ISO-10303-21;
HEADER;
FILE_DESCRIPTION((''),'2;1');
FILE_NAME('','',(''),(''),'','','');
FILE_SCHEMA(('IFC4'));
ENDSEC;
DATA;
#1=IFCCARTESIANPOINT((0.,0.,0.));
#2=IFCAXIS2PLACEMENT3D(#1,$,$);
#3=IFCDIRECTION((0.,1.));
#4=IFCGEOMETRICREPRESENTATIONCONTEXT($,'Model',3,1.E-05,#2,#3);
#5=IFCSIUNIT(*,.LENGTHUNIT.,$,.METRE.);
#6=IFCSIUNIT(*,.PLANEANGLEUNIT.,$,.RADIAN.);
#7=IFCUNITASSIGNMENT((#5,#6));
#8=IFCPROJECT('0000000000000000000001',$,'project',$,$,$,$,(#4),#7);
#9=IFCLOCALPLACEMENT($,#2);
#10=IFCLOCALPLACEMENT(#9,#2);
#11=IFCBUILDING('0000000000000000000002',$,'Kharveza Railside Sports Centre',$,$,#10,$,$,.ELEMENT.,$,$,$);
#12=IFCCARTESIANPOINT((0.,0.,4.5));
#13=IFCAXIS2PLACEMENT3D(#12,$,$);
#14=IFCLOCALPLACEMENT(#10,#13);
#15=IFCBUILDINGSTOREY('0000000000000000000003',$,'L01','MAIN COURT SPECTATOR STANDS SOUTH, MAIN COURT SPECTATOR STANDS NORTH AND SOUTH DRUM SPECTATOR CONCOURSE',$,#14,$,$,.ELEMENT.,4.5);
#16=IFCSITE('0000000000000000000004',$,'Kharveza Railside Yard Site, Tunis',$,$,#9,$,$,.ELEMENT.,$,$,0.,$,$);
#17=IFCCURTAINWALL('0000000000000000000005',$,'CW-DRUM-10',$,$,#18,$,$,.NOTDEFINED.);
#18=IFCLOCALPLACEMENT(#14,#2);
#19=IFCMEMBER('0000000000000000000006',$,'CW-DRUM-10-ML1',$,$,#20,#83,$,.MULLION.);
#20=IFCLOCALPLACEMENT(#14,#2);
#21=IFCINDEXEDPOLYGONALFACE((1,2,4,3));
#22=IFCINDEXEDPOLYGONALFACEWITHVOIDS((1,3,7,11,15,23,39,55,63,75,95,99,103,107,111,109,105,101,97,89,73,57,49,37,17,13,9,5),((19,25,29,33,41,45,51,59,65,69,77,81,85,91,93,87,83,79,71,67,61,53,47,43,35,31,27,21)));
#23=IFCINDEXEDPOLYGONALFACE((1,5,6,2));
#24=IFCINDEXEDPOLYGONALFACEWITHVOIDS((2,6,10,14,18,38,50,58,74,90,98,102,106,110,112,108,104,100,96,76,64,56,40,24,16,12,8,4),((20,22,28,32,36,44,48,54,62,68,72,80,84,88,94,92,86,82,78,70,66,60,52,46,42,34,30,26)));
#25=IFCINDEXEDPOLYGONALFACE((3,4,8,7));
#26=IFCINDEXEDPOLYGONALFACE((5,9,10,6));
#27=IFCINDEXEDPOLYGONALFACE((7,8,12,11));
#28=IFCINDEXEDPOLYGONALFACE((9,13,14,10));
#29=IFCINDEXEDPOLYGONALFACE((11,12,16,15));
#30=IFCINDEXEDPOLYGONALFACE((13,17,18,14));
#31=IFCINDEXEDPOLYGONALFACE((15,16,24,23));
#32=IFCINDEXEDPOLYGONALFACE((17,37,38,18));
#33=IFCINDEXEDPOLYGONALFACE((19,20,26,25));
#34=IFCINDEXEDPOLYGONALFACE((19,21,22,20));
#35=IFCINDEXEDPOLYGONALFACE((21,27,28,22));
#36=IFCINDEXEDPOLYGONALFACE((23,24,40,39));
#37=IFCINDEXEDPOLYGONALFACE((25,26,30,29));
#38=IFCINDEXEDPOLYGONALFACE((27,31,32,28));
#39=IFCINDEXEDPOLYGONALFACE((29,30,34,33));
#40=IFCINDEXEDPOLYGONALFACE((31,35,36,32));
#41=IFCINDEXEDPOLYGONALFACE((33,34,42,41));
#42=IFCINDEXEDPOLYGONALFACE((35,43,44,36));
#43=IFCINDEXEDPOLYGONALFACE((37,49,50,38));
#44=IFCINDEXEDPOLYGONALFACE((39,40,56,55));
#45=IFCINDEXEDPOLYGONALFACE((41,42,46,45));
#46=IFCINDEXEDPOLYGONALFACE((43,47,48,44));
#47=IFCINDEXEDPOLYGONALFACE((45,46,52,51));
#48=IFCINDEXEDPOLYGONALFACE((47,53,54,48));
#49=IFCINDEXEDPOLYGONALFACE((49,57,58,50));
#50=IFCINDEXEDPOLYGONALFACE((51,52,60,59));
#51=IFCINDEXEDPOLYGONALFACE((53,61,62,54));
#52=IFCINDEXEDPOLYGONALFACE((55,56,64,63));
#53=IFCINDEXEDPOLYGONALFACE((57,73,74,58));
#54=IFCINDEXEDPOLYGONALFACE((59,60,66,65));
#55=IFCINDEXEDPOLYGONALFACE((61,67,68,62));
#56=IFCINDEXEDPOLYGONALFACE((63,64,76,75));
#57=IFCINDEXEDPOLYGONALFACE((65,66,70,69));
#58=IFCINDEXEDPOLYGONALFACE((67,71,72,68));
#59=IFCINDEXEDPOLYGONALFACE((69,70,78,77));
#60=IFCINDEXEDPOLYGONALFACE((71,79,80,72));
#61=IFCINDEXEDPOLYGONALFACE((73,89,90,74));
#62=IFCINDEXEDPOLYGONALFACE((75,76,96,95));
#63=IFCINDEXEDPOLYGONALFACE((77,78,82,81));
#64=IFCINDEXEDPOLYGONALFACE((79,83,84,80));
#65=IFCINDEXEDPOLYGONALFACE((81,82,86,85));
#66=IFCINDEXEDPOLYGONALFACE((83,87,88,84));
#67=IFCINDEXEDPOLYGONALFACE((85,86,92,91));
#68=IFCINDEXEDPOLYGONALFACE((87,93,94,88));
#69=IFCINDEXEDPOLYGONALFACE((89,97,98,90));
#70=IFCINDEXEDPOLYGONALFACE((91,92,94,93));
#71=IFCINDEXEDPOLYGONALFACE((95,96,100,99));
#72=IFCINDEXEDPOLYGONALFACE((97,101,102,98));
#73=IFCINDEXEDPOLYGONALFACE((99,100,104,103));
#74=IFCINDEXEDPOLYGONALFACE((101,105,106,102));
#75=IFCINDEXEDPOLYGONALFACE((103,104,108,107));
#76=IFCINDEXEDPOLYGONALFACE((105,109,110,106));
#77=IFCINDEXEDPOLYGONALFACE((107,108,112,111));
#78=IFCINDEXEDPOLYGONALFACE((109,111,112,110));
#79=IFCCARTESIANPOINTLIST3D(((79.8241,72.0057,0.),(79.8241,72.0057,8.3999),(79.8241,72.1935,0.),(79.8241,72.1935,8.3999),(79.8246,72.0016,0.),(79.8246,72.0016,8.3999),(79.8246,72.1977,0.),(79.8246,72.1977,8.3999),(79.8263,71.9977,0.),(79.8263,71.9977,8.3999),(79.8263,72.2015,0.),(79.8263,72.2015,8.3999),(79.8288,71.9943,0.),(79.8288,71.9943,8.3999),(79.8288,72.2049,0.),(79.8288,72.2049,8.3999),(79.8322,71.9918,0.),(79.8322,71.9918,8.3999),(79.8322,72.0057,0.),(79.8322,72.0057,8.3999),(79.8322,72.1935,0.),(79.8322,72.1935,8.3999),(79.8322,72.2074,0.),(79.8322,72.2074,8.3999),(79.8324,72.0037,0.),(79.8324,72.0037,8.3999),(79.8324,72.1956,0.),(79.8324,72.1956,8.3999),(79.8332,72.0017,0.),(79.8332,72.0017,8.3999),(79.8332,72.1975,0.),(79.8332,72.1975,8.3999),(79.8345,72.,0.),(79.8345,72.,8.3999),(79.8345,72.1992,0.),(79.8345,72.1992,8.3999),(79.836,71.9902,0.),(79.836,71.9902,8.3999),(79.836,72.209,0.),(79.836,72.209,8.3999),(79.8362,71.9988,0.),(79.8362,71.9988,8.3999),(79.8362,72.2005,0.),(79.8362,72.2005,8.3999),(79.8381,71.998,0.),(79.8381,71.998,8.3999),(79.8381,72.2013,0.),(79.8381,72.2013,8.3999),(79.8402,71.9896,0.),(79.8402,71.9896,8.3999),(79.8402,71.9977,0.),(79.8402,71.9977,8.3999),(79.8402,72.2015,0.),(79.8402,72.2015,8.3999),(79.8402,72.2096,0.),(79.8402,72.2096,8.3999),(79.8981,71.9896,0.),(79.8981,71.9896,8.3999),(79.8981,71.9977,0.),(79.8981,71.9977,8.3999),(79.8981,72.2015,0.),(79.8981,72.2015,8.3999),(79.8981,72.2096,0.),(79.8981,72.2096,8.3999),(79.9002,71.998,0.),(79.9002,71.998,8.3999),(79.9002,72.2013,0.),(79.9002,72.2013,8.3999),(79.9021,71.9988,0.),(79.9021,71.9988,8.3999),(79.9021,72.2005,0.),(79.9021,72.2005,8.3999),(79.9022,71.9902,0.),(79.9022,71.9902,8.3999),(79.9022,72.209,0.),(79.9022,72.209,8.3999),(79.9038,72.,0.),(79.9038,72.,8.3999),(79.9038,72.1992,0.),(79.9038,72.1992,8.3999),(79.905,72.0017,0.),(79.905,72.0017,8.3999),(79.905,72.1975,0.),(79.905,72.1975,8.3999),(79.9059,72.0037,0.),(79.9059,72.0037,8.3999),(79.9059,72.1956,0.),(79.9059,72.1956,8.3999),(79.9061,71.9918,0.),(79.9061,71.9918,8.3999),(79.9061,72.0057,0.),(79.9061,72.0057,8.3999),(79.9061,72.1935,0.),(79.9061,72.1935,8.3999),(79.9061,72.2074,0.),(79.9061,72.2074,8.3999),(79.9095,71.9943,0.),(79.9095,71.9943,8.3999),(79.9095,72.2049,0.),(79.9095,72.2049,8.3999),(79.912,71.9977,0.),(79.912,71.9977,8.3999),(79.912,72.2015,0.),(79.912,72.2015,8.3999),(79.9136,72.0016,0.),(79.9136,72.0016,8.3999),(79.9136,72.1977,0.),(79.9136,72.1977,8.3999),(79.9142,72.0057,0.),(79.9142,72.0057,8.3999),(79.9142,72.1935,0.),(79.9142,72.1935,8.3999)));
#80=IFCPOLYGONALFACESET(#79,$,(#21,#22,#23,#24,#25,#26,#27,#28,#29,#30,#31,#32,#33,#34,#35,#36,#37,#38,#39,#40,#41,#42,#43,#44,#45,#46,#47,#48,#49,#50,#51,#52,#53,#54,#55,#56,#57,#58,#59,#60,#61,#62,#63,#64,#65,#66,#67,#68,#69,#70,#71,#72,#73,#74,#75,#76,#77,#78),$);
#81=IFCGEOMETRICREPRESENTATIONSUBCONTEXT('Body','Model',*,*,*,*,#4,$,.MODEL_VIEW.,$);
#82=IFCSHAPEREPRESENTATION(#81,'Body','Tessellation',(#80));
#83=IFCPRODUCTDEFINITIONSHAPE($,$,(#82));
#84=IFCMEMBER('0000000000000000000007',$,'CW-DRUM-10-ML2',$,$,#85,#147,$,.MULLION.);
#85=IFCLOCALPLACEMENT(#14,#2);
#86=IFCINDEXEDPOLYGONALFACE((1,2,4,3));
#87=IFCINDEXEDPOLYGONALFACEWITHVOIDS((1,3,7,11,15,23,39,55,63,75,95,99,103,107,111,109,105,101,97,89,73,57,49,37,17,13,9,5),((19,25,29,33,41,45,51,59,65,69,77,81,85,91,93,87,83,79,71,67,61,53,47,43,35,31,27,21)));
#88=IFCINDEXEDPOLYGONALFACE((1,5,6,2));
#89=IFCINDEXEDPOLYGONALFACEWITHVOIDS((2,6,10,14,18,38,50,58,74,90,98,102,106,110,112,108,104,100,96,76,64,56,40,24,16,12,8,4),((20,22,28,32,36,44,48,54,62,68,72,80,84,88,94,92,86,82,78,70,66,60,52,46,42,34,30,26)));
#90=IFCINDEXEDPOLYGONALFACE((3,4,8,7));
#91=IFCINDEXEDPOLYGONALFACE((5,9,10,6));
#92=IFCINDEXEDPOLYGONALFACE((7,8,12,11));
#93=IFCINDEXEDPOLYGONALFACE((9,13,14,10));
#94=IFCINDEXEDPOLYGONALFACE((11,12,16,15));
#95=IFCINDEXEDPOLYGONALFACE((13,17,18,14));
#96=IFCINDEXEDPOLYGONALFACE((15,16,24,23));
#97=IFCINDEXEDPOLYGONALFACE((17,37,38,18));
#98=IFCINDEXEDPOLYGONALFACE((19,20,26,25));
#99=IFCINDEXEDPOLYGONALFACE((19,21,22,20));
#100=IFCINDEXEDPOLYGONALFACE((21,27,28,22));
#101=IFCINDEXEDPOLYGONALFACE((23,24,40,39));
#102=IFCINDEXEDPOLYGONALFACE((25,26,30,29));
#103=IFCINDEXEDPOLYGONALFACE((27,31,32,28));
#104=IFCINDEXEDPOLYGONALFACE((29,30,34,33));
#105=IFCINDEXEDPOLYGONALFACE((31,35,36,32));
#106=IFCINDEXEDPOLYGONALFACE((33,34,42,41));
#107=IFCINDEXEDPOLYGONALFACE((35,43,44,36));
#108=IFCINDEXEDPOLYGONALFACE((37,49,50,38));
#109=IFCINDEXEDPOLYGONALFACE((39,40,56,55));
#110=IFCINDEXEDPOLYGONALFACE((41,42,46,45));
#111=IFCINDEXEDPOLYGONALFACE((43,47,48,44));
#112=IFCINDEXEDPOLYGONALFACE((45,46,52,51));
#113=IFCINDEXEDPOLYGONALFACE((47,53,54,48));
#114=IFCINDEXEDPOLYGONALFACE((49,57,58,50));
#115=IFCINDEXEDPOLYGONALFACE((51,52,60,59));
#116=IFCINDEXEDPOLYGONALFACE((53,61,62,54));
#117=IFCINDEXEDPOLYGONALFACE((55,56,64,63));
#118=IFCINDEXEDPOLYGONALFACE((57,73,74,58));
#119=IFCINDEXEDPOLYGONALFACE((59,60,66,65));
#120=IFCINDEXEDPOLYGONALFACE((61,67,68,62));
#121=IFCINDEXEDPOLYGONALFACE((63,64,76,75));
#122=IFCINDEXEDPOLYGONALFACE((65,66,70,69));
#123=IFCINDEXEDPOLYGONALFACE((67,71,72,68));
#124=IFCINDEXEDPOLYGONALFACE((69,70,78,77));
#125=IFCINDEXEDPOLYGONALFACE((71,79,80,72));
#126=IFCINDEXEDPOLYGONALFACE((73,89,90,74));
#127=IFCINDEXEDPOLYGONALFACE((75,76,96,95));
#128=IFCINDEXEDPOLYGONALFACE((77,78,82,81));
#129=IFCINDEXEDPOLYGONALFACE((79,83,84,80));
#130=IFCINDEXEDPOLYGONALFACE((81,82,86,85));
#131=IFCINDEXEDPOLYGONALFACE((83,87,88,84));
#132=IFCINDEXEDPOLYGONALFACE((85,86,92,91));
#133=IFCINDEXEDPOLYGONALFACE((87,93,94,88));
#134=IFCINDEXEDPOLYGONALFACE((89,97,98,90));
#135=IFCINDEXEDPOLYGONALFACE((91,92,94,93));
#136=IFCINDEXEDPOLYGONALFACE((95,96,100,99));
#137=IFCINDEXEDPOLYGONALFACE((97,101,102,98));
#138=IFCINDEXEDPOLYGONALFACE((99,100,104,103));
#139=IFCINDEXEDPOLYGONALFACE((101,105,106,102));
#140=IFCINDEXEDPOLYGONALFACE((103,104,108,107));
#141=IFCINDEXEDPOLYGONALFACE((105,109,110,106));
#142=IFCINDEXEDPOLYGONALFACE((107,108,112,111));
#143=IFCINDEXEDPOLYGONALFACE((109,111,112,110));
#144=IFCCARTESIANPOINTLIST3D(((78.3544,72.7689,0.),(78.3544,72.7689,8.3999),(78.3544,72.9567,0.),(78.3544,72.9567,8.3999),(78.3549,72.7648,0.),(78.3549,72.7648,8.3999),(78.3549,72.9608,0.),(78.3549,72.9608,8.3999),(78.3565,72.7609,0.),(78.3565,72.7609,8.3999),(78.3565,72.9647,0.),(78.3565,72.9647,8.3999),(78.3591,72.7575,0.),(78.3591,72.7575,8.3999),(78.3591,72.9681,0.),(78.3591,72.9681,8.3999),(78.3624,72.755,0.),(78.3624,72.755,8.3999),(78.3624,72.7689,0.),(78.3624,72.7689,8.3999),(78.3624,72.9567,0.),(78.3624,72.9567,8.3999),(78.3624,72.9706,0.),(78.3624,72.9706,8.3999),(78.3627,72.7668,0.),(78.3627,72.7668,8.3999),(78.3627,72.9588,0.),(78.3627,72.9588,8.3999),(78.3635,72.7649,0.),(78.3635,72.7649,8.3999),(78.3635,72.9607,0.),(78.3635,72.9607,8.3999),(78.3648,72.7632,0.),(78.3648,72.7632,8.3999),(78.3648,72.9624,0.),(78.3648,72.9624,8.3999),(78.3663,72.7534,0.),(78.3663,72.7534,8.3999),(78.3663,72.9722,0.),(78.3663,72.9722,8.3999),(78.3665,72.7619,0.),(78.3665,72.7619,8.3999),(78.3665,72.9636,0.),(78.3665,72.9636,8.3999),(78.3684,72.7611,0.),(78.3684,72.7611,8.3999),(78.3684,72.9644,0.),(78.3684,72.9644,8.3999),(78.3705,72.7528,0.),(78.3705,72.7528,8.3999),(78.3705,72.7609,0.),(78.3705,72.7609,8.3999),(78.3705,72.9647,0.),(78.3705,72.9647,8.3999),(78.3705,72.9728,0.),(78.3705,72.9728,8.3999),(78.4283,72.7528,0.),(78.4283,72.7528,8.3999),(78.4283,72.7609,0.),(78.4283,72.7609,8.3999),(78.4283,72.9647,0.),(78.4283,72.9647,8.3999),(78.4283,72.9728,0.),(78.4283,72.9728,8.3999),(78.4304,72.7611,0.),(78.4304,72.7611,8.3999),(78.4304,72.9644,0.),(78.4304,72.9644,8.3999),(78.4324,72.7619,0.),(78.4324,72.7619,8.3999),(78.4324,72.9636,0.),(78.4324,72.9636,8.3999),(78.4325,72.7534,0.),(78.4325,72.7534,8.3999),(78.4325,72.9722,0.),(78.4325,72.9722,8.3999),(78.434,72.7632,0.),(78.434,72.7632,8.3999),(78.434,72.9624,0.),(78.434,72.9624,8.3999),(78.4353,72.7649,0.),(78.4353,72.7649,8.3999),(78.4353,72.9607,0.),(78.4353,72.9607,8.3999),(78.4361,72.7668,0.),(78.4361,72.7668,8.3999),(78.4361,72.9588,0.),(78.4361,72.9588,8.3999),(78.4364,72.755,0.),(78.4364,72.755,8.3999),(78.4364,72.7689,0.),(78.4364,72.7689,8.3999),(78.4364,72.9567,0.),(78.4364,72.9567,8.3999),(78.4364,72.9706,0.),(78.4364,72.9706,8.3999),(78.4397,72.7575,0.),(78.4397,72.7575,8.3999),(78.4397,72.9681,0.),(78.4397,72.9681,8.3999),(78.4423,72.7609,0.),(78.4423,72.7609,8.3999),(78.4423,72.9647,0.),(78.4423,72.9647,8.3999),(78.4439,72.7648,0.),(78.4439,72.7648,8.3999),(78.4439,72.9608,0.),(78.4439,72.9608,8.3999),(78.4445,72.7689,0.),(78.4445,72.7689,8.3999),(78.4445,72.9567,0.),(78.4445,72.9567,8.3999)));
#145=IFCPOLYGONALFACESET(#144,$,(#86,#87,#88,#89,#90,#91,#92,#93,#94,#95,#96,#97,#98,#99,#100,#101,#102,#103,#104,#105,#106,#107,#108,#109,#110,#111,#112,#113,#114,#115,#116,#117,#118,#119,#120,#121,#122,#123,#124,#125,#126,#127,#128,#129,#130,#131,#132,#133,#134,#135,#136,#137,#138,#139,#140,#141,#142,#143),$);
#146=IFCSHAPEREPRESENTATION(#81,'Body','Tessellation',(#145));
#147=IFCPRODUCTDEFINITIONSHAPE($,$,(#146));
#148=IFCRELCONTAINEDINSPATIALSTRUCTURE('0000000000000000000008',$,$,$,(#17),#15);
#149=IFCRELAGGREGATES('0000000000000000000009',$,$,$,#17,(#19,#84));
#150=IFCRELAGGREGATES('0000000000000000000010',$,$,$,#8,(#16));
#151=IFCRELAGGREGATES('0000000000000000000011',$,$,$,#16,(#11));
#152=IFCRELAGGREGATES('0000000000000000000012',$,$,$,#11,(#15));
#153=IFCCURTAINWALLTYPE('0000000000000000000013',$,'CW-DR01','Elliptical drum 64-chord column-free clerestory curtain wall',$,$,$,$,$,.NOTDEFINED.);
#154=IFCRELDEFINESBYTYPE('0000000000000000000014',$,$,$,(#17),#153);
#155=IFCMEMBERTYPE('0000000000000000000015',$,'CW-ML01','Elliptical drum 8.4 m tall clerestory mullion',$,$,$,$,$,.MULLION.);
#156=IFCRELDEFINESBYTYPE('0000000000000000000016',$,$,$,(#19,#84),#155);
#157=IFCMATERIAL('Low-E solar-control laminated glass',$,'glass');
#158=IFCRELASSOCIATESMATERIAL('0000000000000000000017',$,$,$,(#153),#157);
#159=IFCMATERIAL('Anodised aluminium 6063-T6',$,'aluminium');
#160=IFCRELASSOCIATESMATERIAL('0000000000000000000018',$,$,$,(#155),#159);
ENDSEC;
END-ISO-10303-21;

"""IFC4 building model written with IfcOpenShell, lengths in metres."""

from ifc_helpers import new_model, si_unit, direction, frame, origin, origin_2d, place, context, subcontext, project, spatial, hollow_rectangle, extrude, material, material_profile, profile_set, type_object, element, aggregate, save


model = new_model("IFC4")

# Units and contexts
model_context = context("Model", 3, precision=1e-05, world=origin(), true_north=direction((0.0, 1.0)))
body_context = subcontext(model_context, "Body", "Model", "MODEL_VIEW")
ifc_project = project(units=[si_unit("LENGTHUNIT", "METRE"), si_unit("PLANEANGLEUNIT", "RADIAN")], contexts=[model_context])

# Site, building, storey
site_placement = place(None, origin())
site = spatial("IfcSite", under=ifc_project, at=site_placement, Name="Kharveza Railside Yard Site, Tunis", CompositionType="ELEMENT", RefElevation=0.0)
building_placement = place(site_placement, origin())
building = spatial("IfcBuilding", under=site, at=building_placement, Name="Kharveza Railside Sports Centre", CompositionType="ELEMENT")
storey_placement = place(building_placement, frame((0.0, 0.0, 4.5)))
storey = spatial("IfcBuildingStorey", under=building, at=storey_placement, Name="L01", Description="MAIN COURT SPECTATOR STANDS SOUTH, MAIN COURT SPECTATOR STANDS NORTH AND SOUTH DRUM SPECTATOR CONCOURSE", CompositionType="ELEMENT", Elevation=4.5)

# Curtain wall, members
ifc_material_1 = material(Name="Low-E solar-control laminated glass", Category="glass")
curtain_wall_type = type_object("IfcCurtainWallType", Name="CW-DR01", Description="Elliptical drum 64-chord column-free clerestory curtain wall", PredefinedType="NOTDEFINED", material=ifc_material_1)
ifc_material_2 = material(Name="Anodised aluminium 6063-T6", Category="aluminium")
ifc_material_profile_1 = material_profile(ifc_material_2, hollow_rectangle(XDim=0.0901, YDim=0.22, WallThickness=0.0081, InnerFilletRadius=0.0081, OuterFilletRadius=0.0161, at=origin_2d()), Name="RHS 90x220x8.0")
ifc_profile_set_1 = profile_set([ifc_material_profile_1], Name="Anodised aluminium 6063-T6")
member_type_1 = type_object("IfcMemberType", Name="CW-ML01", Description="Elliptical drum 8.4 m tall clerestory mullion", PredefinedType="MULLION", material=ifc_profile_set_1)
curtain_wall_1_placement = place(storey_placement, origin())
curtain_wall_1 = element("IfcCurtainWall", 1, at=curtain_wall_1_placement, inside=storey, type_object=curtain_wall_type, Name="CW-DRUM-10", PredefinedType="NOTDEFINED")
member_1_placement = place(storey_placement, frame((79.8691, 72.0996, 0.0), z_axis=(0.0, 0.0, 1.0), x_axis=(1.0, 0.0, 0.0)))
member_1 = element("IfcMember", 2, at=member_1_placement, type_object=member_type_1, Name="CW-DRUM-10-ML1", PredefinedType="MULLION", context=body_context, shape_type="SweptSolid", body=[
    extrude(hollow_rectangle(XDim=0.0901, YDim=0.22, WallThickness=0.0081, InnerFilletRadius=0.0081, OuterFilletRadius=0.0161, at=origin_2d()), origin(), (0.0, 0.0, 1.0), 8.3999),
])
member_2_placement = place(storey_placement, frame((78.3994, 72.8628, 0.0), z_axis=(0.0, 0.0, 1.0), x_axis=(1.0, 0.0, 0.0)))
member_2 = element("IfcMember", 3, at=member_2_placement, type_object=member_type_1, Name="CW-DRUM-10-ML2", PredefinedType="MULLION", context=body_context, shape_type="SweptSolid", body=[
    extrude(hollow_rectangle(XDim=0.0901, YDim=0.22, WallThickness=0.0081, InnerFilletRadius=0.0081, OuterFilletRadius=0.0161, at=origin_2d()), origin(), (0.0, 0.0, 1.0), 8.3999),
])

aggregate(curtain_wall_1, [member_1, member_2])

save(model, "model.ifc")
